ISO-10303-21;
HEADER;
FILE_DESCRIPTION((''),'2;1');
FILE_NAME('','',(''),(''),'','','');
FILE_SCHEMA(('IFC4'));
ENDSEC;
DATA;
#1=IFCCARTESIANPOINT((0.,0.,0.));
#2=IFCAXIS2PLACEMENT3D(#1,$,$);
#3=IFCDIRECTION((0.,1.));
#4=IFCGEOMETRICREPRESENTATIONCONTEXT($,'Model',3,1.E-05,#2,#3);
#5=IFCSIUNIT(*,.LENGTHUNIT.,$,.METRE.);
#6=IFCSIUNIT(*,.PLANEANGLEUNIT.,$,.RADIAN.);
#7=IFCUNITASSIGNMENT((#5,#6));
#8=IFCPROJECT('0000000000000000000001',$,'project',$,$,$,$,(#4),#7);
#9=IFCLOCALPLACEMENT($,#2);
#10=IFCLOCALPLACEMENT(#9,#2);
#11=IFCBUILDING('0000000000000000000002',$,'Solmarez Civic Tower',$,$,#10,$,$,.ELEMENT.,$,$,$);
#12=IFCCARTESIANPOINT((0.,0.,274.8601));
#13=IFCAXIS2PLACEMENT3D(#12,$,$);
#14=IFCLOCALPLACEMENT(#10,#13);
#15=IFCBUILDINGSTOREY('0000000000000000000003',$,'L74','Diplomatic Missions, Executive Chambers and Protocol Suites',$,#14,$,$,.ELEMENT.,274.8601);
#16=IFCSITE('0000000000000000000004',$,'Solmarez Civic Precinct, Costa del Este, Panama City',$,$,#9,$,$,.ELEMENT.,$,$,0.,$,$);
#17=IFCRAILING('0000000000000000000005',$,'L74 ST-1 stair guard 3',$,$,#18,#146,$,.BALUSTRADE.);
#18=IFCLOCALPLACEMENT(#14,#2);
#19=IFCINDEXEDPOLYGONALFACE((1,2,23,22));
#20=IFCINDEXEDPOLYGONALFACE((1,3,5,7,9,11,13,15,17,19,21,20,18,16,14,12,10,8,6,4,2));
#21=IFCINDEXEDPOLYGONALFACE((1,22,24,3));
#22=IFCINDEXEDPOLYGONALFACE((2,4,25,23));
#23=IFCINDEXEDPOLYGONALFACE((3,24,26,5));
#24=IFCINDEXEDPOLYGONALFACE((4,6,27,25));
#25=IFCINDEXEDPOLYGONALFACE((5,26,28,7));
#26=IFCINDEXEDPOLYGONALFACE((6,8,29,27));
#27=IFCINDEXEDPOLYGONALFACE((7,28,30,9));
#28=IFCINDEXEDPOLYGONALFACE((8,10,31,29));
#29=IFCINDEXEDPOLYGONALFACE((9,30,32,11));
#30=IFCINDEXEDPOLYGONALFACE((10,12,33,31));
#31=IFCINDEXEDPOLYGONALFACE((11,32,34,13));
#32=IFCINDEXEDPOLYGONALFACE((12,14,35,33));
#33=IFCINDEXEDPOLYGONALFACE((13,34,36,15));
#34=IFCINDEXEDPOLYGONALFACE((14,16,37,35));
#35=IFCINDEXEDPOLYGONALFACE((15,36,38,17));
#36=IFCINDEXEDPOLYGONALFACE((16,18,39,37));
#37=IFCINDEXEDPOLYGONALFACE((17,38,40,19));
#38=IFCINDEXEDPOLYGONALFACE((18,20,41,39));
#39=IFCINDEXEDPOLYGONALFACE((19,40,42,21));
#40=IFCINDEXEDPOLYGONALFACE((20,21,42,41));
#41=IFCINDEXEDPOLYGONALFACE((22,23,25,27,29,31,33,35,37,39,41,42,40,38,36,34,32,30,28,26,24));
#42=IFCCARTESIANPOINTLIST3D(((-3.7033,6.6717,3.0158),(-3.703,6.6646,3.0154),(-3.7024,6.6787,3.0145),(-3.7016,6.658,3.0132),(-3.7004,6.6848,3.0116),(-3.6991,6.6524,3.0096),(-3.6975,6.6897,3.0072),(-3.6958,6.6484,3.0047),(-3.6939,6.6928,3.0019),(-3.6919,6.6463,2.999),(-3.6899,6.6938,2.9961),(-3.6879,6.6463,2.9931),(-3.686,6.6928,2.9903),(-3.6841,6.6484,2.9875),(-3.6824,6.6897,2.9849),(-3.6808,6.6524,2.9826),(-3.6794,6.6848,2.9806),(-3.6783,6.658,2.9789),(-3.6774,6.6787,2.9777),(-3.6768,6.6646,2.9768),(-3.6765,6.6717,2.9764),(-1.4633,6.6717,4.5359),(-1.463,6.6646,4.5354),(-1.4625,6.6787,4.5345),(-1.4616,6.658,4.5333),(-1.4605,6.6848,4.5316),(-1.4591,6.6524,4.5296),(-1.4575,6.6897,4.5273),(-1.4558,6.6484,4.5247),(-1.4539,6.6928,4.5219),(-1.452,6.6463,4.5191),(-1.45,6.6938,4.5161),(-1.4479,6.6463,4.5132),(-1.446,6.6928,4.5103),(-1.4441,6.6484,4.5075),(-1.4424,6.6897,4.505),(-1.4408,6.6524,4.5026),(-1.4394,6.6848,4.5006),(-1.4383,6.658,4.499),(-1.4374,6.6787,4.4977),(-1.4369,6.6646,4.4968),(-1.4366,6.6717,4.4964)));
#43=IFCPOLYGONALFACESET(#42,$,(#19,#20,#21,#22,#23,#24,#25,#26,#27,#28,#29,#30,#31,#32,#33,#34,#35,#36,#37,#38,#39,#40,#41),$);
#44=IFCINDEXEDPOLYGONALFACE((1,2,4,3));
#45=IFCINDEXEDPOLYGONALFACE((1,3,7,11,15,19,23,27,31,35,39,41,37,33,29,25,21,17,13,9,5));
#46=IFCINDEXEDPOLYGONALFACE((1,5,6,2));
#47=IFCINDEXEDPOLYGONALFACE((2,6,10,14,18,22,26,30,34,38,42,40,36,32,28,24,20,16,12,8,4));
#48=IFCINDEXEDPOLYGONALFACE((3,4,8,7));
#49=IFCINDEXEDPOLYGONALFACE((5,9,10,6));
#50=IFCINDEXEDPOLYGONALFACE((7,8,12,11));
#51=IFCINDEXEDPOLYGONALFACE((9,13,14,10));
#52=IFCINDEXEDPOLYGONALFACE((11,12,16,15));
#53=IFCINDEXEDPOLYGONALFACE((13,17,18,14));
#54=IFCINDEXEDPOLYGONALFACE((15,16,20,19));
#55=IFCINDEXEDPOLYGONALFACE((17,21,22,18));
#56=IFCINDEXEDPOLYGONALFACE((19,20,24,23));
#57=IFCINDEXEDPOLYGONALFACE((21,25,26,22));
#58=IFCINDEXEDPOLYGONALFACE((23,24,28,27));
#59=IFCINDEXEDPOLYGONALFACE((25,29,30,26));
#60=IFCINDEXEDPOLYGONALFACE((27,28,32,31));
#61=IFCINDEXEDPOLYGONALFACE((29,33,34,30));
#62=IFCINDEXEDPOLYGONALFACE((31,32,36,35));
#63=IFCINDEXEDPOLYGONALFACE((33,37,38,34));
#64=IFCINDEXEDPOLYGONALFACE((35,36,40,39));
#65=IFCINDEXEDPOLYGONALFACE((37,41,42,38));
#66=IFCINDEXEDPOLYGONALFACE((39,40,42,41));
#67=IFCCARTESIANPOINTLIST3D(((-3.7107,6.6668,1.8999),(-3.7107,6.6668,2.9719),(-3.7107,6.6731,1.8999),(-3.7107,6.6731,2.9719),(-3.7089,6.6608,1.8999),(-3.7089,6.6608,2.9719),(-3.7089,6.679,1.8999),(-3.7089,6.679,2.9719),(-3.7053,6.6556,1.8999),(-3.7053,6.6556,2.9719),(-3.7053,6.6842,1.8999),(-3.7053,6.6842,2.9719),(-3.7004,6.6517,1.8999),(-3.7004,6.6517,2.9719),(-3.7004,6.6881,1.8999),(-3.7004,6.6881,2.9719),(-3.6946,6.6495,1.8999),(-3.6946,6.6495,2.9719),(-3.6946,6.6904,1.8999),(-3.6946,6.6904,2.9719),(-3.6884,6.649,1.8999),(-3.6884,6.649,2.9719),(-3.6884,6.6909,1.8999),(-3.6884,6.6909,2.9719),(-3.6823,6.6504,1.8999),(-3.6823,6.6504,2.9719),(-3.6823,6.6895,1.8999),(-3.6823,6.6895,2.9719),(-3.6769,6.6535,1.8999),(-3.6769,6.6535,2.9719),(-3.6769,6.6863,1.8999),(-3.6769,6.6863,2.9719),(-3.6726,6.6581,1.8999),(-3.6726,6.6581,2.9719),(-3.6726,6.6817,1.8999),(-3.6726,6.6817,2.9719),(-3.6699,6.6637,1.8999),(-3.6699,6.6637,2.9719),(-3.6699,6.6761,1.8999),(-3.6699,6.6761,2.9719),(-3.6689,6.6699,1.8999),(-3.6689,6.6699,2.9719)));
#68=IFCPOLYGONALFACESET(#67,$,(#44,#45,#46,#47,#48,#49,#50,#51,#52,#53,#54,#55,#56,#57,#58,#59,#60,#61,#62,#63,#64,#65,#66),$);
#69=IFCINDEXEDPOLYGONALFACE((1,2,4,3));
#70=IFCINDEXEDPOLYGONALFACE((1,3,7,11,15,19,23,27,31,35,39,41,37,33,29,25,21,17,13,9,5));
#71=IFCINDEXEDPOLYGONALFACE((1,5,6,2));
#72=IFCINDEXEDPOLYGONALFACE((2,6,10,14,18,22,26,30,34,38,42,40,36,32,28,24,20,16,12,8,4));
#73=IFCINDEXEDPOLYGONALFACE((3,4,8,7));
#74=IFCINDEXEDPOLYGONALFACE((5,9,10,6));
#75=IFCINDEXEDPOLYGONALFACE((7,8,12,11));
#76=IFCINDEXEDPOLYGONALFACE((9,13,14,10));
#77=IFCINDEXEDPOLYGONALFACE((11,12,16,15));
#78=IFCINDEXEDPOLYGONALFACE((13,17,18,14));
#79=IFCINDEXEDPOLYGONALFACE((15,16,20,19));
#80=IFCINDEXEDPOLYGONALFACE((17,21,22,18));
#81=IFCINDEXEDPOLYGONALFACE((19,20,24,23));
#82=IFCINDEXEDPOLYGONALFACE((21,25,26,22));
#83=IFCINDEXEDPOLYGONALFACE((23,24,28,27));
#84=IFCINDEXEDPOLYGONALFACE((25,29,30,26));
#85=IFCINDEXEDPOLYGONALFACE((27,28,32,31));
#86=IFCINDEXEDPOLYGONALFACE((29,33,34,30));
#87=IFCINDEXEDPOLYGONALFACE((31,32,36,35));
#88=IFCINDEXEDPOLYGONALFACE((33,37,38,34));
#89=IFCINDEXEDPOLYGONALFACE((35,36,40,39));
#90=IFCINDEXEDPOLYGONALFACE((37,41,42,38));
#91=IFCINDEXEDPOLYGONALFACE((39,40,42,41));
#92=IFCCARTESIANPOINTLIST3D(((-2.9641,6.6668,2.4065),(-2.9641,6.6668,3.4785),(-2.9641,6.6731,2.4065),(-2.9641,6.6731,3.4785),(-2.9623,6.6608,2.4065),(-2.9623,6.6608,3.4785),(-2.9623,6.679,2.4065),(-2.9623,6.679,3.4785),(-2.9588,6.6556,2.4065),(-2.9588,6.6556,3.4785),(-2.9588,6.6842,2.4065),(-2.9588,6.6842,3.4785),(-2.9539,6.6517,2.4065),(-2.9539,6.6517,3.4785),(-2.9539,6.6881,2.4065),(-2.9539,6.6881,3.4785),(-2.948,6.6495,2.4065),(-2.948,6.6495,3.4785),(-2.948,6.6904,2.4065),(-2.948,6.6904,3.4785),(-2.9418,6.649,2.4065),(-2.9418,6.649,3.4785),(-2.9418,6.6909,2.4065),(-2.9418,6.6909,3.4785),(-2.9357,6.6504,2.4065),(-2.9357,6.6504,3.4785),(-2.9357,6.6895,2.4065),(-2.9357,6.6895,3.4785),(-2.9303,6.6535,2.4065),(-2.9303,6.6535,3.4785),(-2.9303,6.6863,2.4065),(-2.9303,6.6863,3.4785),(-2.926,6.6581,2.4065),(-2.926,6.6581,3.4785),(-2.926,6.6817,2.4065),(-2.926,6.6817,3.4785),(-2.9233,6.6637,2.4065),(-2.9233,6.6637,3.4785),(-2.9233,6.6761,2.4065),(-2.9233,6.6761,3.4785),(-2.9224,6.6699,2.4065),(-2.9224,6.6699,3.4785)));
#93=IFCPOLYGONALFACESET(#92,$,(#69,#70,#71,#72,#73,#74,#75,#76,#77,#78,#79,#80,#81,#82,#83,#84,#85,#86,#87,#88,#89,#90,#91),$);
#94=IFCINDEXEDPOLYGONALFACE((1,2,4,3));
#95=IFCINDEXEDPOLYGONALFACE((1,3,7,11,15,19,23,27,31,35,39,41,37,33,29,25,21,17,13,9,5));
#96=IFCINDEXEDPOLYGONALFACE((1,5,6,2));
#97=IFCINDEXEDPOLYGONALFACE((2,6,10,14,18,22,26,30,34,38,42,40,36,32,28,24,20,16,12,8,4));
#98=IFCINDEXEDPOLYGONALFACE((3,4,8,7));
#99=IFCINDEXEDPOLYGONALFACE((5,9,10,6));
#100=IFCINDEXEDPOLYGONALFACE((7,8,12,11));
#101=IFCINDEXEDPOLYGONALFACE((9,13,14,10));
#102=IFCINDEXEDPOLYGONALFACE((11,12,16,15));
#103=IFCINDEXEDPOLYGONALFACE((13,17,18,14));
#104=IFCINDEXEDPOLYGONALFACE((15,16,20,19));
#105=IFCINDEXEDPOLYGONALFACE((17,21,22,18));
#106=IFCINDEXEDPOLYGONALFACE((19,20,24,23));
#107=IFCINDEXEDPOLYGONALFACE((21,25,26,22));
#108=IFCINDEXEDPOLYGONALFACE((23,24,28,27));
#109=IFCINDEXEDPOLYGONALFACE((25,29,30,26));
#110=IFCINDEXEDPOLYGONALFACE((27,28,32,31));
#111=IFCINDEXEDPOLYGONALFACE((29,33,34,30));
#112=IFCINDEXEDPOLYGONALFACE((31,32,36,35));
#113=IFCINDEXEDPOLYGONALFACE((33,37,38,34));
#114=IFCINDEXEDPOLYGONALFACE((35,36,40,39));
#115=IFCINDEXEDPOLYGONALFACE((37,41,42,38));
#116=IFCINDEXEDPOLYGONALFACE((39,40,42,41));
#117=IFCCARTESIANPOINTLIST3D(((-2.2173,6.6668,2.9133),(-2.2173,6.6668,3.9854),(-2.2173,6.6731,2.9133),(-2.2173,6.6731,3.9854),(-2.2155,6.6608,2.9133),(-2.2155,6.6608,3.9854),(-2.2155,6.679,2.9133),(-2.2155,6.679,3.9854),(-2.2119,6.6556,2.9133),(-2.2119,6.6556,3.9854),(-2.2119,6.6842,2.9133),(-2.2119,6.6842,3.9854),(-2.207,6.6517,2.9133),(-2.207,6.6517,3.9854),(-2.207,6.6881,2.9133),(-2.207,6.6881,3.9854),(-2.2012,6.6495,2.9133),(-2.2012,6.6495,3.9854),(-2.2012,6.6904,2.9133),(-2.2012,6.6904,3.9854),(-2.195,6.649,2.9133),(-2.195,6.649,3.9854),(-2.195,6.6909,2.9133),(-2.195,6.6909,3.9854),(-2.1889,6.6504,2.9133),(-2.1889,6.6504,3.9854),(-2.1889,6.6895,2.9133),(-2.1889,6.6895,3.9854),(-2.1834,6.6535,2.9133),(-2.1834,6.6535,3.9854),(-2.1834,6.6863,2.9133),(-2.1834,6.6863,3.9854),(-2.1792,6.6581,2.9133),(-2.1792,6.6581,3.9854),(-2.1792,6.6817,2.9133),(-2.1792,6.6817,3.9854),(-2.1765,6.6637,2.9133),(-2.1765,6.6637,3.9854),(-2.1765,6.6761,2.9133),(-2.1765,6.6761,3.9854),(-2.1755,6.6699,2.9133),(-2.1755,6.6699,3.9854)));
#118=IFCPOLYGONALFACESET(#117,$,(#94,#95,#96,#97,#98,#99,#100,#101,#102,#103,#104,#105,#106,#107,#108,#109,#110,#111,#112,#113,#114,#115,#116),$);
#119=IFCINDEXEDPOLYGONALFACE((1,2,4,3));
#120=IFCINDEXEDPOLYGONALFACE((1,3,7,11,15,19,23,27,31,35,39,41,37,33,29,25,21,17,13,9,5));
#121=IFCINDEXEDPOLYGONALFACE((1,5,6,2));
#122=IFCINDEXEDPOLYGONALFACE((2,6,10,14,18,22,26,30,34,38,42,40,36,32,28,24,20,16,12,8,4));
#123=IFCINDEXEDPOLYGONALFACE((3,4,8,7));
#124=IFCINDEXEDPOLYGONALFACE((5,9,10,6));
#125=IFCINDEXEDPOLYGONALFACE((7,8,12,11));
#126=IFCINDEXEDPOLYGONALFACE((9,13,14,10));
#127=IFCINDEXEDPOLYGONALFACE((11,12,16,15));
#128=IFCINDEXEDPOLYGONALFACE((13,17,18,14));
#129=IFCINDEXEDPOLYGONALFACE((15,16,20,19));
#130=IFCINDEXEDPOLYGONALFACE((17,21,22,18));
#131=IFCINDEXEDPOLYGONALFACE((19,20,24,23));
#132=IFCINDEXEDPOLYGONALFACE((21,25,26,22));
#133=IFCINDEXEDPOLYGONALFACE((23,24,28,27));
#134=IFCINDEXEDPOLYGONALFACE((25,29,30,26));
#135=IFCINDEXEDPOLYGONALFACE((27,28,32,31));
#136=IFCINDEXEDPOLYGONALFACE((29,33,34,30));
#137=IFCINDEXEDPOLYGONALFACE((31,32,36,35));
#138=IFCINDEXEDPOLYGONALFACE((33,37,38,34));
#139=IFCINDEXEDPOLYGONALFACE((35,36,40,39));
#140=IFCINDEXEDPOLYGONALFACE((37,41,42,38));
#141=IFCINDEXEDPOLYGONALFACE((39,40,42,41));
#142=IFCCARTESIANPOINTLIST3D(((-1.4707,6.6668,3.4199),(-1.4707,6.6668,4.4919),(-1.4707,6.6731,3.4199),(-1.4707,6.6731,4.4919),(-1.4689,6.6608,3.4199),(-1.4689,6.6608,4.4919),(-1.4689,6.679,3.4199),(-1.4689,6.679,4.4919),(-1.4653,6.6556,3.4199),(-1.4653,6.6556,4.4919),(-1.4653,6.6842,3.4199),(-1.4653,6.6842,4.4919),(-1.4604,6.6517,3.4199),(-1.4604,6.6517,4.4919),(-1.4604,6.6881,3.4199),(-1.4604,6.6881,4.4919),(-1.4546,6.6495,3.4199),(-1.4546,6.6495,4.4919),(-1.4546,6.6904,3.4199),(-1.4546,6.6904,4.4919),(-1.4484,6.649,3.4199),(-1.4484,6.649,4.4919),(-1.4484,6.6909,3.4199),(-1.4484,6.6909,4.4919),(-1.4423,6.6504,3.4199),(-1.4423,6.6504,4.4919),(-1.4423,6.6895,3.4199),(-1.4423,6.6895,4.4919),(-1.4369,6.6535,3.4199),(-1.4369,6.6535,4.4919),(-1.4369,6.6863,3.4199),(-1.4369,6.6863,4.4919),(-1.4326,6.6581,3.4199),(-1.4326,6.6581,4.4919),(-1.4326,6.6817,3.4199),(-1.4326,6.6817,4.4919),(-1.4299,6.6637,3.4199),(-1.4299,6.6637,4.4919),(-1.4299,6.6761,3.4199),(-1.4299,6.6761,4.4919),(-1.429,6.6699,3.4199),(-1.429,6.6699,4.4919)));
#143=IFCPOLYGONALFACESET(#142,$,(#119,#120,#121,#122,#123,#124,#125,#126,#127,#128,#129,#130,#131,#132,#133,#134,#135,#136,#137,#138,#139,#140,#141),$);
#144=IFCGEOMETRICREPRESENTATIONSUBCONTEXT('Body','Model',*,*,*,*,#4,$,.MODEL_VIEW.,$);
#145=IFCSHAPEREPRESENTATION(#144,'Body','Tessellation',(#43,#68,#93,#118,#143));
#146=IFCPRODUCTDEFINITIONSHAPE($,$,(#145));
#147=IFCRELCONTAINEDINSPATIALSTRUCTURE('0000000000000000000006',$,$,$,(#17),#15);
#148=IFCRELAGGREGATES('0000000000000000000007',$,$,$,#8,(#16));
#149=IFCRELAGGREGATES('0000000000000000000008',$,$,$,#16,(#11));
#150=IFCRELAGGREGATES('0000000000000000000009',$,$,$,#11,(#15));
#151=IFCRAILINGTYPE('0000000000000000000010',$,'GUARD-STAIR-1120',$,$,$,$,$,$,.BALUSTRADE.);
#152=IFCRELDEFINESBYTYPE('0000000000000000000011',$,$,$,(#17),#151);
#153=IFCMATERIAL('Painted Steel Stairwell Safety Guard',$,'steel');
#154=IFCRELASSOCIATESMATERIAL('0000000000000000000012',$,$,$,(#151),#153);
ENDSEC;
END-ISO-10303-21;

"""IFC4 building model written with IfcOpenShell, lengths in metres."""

from ifc_helpers import new_model, si_unit, direction, frame, origin, origin_2d, place, context, subcontext, project, spatial, circle, extrude, material, type_object, element, save


model = new_model("IFC4")

# Units and contexts
model_context = context("Model", 3, precision=1e-05, world=origin(), true_north=direction((0.0, 1.0)))
body_context = subcontext(model_context, "Body", "Model", "MODEL_VIEW")
ifc_project = project(units=[si_unit("LENGTHUNIT", "METRE"), si_unit("PLANEANGLEUNIT", "RADIAN")], contexts=[model_context])

# Site, building, storey
site_placement = place(None, origin())
site = spatial("IfcSite", under=ifc_project, at=site_placement, Name="Solmarez Civic Precinct, Costa del Este, Panama City", CompositionType="ELEMENT", RefElevation=0.0)
building_placement = place(site_placement, origin())
building = spatial("IfcBuilding", under=site, at=building_placement, Name="Solmarez Civic Tower", CompositionType="ELEMENT")
storey_placement = place(building_placement, frame((0.0, 0.0, 274.8601)))
storey = spatial("IfcBuildingStorey", under=building, at=storey_placement, Name="L74", Description="Diplomatic Missions, Executive Chambers and Protocol Suites", CompositionType="ELEMENT", Elevation=274.8601)

# Railing
ifc_material_1 = material(Name="Painted Steel Stairwell Safety Guard", Category="steel")
railing_type_1 = type_object("IfcRailingType", Name="GUARD-STAIR-1120", PredefinedType="BALUSTRADE", material=ifc_material_1)
railing_1_placement = place(storey_placement, frame((-3.6899, 6.6699, 1.8999)))
element("IfcRailing", 1, at=railing_1_placement, inside=storey, type_object=railing_type_1, Name="L74 ST-1 stair guard 3", PredefinedType="BALUSTRADE", context=body_context, shape_type="SweptSolid", body=[
    extrude(circle(Radius=0.0239, at=origin_2d()), frame((0.0, 0.0, 1.0962), z_axis=(0.827471, 0.0, 0.561508), x_axis=(0.0, 1.0, 0.0)), (0.0, 0.0, 1.0), 2.707),
    extrude(circle(Radius=0.021, at=origin_2d()), origin(), (0.0, 0.0, 1.0), 1.072),
    extrude(circle(Radius=0.021, at=origin_2d()), frame((0.7466, 0.0, 0.5066)), (0.0, 0.0, 1.0), 1.072),
    extrude(circle(Radius=0.021, at=origin_2d()), frame((1.4934, 0.0, 1.0134)), (0.0, 0.0, 1.0), 1.072),
    extrude(circle(Radius=0.021, at=origin_2d()), frame((2.24, 0.0, 1.52)), (0.0, 0.0, 1.0), 1.072),
])

save(model, "model.ifc")
